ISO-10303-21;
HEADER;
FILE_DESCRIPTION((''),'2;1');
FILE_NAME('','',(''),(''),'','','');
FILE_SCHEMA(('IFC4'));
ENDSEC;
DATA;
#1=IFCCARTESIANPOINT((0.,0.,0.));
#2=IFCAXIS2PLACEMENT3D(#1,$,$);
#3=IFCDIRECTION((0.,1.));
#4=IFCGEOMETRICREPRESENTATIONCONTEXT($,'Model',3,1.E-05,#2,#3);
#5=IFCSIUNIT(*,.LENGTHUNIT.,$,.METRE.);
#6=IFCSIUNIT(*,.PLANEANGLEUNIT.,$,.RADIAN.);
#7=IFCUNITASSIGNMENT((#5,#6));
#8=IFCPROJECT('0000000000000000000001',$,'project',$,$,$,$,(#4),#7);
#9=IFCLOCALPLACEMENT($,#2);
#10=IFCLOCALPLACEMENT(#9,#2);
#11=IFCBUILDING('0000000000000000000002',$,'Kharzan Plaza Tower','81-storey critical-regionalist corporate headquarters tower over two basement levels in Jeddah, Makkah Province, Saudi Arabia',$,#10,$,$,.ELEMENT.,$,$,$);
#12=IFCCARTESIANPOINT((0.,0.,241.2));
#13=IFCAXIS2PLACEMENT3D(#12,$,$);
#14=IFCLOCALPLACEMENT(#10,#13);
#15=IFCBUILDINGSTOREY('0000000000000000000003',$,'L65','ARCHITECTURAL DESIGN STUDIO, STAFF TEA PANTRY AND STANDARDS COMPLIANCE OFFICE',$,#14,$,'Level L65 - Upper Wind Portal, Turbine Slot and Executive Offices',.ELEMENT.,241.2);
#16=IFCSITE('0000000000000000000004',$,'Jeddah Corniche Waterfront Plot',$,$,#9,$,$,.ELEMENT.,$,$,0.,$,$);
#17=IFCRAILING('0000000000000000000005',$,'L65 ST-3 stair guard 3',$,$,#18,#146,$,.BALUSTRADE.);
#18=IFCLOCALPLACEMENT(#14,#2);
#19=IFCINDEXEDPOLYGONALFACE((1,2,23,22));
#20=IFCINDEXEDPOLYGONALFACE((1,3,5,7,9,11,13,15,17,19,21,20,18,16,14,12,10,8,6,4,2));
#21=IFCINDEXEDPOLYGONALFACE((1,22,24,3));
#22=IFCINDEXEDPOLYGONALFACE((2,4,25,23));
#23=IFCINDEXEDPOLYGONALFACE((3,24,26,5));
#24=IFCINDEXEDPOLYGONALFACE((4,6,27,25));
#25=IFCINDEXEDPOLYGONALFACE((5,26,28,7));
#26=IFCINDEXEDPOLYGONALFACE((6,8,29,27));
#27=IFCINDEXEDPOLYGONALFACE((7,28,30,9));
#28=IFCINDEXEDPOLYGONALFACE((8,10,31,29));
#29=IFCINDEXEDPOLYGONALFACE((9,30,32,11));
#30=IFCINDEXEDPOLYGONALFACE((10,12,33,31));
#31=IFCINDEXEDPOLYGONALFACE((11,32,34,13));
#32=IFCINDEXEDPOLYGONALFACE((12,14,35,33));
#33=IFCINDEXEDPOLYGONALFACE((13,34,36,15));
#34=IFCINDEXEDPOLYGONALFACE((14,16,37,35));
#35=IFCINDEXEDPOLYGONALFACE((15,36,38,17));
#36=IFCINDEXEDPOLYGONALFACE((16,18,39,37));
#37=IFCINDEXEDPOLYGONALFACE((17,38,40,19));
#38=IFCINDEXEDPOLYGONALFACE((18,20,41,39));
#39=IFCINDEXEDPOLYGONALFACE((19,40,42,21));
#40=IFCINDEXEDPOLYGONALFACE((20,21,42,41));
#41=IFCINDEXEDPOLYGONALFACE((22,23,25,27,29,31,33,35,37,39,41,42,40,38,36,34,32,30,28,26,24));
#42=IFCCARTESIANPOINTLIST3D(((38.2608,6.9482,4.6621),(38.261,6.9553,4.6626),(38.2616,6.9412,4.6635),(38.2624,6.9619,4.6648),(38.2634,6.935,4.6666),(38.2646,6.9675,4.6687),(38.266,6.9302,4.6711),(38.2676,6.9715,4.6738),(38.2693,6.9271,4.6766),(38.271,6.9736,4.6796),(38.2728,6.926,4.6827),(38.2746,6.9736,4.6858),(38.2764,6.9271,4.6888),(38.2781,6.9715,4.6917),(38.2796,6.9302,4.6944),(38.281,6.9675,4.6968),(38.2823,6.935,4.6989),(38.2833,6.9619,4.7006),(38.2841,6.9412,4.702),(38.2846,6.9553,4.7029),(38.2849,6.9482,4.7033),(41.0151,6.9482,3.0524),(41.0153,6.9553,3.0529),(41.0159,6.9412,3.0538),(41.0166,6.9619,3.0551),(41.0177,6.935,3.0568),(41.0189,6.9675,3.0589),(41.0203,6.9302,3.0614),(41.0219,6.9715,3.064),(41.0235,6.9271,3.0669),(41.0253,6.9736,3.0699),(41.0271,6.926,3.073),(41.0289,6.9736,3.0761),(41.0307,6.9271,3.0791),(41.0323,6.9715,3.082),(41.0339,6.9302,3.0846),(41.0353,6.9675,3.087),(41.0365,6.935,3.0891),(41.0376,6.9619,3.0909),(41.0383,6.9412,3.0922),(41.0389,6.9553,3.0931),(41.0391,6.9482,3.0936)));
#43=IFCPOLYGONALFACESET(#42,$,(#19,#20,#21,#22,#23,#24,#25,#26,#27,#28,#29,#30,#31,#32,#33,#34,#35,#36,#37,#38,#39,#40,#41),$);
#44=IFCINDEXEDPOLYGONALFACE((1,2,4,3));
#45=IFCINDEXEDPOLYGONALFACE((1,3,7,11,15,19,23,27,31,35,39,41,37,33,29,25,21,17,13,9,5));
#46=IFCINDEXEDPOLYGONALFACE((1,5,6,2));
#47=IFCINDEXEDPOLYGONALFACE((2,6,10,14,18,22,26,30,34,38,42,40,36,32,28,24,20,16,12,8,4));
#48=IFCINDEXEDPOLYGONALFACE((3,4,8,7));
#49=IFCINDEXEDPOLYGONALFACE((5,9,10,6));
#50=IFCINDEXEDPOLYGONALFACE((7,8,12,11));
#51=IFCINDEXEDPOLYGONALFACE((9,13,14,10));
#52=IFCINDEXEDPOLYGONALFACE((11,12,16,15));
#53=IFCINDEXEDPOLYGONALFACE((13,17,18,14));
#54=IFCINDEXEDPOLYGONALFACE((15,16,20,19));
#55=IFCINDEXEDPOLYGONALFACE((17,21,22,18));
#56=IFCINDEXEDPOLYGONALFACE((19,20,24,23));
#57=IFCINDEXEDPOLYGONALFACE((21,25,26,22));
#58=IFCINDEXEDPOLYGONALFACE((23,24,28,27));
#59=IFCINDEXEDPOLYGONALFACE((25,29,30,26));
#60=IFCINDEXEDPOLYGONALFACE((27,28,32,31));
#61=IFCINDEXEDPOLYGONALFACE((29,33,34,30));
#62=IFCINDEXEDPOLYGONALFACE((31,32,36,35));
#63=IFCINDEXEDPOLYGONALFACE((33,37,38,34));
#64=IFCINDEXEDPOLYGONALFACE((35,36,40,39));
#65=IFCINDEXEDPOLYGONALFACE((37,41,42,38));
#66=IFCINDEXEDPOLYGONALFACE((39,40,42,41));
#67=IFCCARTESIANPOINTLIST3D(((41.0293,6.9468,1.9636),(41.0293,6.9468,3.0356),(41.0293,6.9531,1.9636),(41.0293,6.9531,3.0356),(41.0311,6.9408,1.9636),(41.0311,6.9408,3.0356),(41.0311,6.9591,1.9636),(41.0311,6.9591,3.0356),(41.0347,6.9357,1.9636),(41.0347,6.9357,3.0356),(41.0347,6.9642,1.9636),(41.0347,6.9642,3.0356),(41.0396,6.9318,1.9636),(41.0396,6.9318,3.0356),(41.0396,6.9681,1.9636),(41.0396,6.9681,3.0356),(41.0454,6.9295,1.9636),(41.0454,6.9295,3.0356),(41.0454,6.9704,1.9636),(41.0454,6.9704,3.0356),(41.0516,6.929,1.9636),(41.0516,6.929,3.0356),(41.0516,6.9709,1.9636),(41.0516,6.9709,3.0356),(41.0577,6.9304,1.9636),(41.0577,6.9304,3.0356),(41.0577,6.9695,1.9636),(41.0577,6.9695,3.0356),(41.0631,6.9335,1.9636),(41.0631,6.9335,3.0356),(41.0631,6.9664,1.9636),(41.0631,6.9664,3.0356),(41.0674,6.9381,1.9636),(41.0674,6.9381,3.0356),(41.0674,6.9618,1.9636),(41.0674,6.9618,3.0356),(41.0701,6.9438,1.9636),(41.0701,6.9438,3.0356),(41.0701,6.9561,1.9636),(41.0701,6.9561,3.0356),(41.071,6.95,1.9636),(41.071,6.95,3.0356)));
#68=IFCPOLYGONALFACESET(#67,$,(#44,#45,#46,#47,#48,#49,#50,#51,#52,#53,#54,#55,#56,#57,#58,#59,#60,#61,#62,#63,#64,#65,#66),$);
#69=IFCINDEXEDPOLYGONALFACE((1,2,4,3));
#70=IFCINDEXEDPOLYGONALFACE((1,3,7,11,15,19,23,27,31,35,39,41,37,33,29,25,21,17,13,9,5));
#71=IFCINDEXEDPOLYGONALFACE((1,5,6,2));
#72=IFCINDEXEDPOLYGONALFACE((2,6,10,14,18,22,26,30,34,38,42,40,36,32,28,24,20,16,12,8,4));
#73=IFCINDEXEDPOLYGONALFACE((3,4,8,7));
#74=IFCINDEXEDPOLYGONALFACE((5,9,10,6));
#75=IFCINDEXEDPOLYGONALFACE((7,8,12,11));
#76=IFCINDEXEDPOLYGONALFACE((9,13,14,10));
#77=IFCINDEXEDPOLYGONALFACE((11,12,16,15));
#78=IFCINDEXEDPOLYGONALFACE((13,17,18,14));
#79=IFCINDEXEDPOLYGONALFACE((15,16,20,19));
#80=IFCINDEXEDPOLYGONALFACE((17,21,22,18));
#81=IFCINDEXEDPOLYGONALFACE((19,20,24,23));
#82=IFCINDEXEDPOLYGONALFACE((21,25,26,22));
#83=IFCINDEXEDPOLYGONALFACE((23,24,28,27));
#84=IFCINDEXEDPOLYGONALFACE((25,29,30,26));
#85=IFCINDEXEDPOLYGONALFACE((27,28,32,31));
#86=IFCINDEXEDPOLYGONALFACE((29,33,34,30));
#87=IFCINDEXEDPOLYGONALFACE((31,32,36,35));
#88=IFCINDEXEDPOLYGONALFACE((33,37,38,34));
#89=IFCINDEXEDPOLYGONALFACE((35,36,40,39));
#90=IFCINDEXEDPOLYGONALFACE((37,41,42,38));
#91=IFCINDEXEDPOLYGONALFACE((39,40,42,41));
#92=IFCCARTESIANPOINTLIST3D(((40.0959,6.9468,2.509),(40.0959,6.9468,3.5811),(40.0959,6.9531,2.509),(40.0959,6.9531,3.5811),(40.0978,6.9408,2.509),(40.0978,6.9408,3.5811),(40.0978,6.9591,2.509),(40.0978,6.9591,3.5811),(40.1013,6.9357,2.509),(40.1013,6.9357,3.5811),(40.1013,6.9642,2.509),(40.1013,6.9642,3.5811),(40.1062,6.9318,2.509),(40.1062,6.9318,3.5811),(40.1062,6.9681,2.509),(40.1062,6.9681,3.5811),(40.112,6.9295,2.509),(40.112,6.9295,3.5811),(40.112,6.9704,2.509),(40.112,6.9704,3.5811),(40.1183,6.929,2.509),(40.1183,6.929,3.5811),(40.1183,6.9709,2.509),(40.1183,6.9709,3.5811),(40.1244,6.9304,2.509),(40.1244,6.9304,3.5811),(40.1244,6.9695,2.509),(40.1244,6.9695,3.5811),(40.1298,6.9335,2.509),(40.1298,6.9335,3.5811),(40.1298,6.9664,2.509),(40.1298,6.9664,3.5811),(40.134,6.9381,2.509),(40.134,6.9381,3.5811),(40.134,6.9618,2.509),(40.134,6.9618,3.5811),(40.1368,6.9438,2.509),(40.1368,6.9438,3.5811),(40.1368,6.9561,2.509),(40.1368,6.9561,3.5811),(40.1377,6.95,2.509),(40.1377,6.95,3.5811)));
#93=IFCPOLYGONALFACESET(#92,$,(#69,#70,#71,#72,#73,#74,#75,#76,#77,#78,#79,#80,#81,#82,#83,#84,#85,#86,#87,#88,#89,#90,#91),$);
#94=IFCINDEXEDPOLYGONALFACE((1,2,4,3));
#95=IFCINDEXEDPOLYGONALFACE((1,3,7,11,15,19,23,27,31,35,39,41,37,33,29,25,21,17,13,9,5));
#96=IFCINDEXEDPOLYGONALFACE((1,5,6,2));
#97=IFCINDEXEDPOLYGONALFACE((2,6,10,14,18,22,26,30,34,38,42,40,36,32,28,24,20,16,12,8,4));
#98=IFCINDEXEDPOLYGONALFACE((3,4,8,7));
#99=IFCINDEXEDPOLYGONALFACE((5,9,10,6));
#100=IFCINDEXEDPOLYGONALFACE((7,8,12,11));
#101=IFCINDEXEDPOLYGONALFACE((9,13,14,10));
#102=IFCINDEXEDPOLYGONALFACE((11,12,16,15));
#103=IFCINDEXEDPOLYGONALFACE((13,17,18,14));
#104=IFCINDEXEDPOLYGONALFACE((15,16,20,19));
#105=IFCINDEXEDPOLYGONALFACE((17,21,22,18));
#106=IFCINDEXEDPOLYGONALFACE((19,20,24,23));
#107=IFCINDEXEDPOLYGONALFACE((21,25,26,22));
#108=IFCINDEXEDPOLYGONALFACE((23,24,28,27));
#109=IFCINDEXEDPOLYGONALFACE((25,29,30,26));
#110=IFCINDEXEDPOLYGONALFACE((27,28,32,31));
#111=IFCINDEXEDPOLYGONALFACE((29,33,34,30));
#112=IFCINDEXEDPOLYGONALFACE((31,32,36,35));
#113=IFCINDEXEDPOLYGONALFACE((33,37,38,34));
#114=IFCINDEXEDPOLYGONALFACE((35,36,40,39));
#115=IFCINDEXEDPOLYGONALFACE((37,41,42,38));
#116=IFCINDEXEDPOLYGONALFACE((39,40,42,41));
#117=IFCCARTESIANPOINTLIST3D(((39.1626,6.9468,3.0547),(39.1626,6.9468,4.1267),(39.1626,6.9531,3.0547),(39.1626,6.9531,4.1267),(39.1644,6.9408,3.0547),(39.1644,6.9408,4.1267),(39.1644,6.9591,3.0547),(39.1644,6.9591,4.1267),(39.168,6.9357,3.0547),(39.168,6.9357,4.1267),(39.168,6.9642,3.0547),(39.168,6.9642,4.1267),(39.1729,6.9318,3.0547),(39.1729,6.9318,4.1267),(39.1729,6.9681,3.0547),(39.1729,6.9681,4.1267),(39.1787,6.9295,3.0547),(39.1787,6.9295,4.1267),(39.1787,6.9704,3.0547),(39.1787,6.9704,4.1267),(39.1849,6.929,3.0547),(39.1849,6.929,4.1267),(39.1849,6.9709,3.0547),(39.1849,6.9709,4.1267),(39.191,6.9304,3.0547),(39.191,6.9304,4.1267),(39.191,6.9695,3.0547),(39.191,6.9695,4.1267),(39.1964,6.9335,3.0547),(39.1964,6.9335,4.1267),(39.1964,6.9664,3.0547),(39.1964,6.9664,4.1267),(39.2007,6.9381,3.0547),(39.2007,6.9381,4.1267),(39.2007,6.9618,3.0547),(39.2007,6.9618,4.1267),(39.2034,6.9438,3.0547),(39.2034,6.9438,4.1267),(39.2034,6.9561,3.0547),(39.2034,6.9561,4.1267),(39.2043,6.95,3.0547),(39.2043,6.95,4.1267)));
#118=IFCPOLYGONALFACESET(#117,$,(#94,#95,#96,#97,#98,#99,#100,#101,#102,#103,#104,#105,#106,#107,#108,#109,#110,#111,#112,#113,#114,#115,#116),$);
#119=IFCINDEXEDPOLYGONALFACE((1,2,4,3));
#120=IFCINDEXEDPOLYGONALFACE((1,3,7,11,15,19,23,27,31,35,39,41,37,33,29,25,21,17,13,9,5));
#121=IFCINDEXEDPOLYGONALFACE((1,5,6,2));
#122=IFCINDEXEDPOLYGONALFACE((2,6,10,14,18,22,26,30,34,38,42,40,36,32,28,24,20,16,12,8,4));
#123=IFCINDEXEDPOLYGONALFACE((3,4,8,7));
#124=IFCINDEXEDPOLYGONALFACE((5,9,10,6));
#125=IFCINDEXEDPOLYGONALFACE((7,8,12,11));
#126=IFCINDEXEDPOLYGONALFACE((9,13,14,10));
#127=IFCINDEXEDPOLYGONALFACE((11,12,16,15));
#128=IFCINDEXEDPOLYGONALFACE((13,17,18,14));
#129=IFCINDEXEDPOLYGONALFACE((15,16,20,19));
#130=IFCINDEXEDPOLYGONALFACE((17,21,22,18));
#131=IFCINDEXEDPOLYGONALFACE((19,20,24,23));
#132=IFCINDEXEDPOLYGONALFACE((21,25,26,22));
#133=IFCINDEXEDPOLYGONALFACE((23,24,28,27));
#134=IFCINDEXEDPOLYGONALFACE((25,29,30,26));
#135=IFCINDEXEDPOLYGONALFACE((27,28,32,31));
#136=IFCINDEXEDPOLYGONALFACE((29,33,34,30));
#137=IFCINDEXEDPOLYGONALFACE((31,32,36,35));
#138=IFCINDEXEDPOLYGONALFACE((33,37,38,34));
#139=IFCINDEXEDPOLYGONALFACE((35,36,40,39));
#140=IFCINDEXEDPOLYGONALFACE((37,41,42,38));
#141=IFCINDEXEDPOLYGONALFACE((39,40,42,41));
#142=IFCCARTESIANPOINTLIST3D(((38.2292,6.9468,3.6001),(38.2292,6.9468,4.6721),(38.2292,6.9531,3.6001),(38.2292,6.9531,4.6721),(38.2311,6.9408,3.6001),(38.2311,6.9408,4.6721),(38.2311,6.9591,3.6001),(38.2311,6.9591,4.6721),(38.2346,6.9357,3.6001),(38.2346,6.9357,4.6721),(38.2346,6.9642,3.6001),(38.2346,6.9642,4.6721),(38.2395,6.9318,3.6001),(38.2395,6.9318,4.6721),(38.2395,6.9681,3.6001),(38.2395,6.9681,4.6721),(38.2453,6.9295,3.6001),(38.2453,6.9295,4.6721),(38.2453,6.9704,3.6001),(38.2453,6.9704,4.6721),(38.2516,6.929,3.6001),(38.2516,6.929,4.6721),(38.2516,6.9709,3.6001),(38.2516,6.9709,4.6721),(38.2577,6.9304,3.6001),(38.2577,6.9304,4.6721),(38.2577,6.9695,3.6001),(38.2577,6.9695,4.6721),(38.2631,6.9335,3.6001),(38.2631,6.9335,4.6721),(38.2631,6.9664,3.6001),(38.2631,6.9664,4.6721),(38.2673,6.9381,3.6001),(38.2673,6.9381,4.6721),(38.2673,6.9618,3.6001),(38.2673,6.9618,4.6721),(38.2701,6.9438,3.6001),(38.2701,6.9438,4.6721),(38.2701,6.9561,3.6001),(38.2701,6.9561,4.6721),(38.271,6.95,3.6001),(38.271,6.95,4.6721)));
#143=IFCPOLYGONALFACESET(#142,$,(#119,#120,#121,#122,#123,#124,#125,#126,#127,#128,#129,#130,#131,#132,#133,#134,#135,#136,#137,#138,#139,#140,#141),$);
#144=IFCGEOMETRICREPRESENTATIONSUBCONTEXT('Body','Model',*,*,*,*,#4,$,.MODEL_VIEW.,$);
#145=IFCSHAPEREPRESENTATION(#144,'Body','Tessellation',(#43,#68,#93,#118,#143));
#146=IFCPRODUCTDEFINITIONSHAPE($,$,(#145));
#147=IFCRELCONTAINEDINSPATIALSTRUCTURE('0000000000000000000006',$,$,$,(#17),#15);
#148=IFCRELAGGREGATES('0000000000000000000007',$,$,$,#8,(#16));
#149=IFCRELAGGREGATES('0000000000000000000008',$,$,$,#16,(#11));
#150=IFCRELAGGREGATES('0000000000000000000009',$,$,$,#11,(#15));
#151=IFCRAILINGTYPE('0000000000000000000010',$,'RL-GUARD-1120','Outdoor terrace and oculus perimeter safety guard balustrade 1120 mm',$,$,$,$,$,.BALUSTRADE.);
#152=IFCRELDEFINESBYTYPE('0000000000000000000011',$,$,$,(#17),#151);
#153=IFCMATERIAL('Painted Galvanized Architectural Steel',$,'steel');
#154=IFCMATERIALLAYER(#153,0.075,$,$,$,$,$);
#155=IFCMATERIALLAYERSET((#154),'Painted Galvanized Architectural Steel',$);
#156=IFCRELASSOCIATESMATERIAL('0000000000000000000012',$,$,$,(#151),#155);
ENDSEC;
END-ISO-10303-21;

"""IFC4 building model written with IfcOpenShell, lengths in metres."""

from ifc_helpers import new_model, si_unit, direction, frame, origin, origin_2d, place, context, subcontext, project, spatial, circle, extrude, source, transform, mapped, material, layer, layer_set, type_object, element, save


model = new_model("IFC4")

# Units and contexts
model_context = context("Model", 3, precision=1e-05, world=origin(), true_north=direction((0.0, 1.0)))
body_context = subcontext(model_context, "Body", "Model", "MODEL_VIEW")
ifc_project = project(units=[si_unit("LENGTHUNIT", "METRE"), si_unit("PLANEANGLEUNIT", "RADIAN")], contexts=[model_context])

# Site, building, storey
site_placement = place(None, origin())
site = spatial("IfcSite", under=ifc_project, at=site_placement, Name="Jeddah Corniche Waterfront Plot", CompositionType="ELEMENT", RefElevation=0.0)
building_placement = place(site_placement, origin())
building = spatial("IfcBuilding", under=site, at=building_placement, Name="Kharzan Plaza Tower", Description="81-storey critical-regionalist corporate headquarters tower over two basement levels in Jeddah, Makkah Province, Saudi Arabia", CompositionType="ELEMENT")
storey_placement = place(building_placement, frame((0.0, 0.0, 241.2)))
storey = spatial("IfcBuildingStorey", under=building, at=storey_placement, Name="L65", Description="ARCHITECTURAL DESIGN STUDIO, STAFF TEA PANTRY AND STANDARDS COMPLIANCE OFFICE", LongName="Level L65 - Upper Wind Portal, Turbine Slot and Executive Offices", CompositionType="ELEMENT", Elevation=241.2)

# Railing
ifc_material_1 = material(Name="Painted Galvanized Architectural Steel", Category="steel")
ifc_layer_1 = layer(ifc_material_1, 0.075)
ifc_layer_set_1 = layer_set([ifc_layer_1], Name="Painted Galvanized Architectural Steel")
railing_type_1 = type_object("IfcRailingType", Name="RL-GUARD-1120", Description="Outdoor terrace and oculus perimeter safety guard balustrade 1120 mm", PredefinedType="BALUSTRADE", material=ifc_layer_set_1)
shared_shape_1 = source(origin(), body_context, "Body", "SweptSolid", [
    extrude(circle(Radius=0.0239, at=origin_2d()), frame((-0.0229, 0.0, 1.1094), z_axis=(-0.863361, 0.0, 0.504587), x_axis=(0.0, -1.0, 0.0)), (0.0, 0.0, 1.0), 3.1902),
    extrude(circle(Radius=0.021, at=origin_2d()), origin(), (0.0, 0.0, 1.0), 1.072),
    extrude(circle(Radius=0.021, at=origin_2d()), frame((-0.9333, 0.0, 0.5454)), (0.0, 0.0, 1.0), 1.072),
    extrude(circle(Radius=0.021, at=origin_2d()), frame((-1.8667, 0.0, 1.0911)), (0.0, 0.0, 1.0), 1.072),
    extrude(circle(Radius=0.021, at=origin_2d()), frame((-2.8, 0.0, 1.6365)), (0.0, 0.0, 1.0), 1.072),
])
railing_1_placement = place(storey_placement, frame((41.05, 6.95, 1.9636)))
element("IfcRailing", 1, at=railing_1_placement, inside=storey, type_object=railing_type_1, Name="L65 ST-3 stair guard 3", PredefinedType="BALUSTRADE", context=body_context, shape_type="MappedRepresentation", body=[
    mapped(shared_shape_1, transform((0.0, 0.0, 0.0), x_axis=(1.0, 0.0, 0.0), y_axis=(0.0, 1.0, 0.0), z_axis=(0.0, 0.0, 1.0))),
])

save(model, "model.ifc")
